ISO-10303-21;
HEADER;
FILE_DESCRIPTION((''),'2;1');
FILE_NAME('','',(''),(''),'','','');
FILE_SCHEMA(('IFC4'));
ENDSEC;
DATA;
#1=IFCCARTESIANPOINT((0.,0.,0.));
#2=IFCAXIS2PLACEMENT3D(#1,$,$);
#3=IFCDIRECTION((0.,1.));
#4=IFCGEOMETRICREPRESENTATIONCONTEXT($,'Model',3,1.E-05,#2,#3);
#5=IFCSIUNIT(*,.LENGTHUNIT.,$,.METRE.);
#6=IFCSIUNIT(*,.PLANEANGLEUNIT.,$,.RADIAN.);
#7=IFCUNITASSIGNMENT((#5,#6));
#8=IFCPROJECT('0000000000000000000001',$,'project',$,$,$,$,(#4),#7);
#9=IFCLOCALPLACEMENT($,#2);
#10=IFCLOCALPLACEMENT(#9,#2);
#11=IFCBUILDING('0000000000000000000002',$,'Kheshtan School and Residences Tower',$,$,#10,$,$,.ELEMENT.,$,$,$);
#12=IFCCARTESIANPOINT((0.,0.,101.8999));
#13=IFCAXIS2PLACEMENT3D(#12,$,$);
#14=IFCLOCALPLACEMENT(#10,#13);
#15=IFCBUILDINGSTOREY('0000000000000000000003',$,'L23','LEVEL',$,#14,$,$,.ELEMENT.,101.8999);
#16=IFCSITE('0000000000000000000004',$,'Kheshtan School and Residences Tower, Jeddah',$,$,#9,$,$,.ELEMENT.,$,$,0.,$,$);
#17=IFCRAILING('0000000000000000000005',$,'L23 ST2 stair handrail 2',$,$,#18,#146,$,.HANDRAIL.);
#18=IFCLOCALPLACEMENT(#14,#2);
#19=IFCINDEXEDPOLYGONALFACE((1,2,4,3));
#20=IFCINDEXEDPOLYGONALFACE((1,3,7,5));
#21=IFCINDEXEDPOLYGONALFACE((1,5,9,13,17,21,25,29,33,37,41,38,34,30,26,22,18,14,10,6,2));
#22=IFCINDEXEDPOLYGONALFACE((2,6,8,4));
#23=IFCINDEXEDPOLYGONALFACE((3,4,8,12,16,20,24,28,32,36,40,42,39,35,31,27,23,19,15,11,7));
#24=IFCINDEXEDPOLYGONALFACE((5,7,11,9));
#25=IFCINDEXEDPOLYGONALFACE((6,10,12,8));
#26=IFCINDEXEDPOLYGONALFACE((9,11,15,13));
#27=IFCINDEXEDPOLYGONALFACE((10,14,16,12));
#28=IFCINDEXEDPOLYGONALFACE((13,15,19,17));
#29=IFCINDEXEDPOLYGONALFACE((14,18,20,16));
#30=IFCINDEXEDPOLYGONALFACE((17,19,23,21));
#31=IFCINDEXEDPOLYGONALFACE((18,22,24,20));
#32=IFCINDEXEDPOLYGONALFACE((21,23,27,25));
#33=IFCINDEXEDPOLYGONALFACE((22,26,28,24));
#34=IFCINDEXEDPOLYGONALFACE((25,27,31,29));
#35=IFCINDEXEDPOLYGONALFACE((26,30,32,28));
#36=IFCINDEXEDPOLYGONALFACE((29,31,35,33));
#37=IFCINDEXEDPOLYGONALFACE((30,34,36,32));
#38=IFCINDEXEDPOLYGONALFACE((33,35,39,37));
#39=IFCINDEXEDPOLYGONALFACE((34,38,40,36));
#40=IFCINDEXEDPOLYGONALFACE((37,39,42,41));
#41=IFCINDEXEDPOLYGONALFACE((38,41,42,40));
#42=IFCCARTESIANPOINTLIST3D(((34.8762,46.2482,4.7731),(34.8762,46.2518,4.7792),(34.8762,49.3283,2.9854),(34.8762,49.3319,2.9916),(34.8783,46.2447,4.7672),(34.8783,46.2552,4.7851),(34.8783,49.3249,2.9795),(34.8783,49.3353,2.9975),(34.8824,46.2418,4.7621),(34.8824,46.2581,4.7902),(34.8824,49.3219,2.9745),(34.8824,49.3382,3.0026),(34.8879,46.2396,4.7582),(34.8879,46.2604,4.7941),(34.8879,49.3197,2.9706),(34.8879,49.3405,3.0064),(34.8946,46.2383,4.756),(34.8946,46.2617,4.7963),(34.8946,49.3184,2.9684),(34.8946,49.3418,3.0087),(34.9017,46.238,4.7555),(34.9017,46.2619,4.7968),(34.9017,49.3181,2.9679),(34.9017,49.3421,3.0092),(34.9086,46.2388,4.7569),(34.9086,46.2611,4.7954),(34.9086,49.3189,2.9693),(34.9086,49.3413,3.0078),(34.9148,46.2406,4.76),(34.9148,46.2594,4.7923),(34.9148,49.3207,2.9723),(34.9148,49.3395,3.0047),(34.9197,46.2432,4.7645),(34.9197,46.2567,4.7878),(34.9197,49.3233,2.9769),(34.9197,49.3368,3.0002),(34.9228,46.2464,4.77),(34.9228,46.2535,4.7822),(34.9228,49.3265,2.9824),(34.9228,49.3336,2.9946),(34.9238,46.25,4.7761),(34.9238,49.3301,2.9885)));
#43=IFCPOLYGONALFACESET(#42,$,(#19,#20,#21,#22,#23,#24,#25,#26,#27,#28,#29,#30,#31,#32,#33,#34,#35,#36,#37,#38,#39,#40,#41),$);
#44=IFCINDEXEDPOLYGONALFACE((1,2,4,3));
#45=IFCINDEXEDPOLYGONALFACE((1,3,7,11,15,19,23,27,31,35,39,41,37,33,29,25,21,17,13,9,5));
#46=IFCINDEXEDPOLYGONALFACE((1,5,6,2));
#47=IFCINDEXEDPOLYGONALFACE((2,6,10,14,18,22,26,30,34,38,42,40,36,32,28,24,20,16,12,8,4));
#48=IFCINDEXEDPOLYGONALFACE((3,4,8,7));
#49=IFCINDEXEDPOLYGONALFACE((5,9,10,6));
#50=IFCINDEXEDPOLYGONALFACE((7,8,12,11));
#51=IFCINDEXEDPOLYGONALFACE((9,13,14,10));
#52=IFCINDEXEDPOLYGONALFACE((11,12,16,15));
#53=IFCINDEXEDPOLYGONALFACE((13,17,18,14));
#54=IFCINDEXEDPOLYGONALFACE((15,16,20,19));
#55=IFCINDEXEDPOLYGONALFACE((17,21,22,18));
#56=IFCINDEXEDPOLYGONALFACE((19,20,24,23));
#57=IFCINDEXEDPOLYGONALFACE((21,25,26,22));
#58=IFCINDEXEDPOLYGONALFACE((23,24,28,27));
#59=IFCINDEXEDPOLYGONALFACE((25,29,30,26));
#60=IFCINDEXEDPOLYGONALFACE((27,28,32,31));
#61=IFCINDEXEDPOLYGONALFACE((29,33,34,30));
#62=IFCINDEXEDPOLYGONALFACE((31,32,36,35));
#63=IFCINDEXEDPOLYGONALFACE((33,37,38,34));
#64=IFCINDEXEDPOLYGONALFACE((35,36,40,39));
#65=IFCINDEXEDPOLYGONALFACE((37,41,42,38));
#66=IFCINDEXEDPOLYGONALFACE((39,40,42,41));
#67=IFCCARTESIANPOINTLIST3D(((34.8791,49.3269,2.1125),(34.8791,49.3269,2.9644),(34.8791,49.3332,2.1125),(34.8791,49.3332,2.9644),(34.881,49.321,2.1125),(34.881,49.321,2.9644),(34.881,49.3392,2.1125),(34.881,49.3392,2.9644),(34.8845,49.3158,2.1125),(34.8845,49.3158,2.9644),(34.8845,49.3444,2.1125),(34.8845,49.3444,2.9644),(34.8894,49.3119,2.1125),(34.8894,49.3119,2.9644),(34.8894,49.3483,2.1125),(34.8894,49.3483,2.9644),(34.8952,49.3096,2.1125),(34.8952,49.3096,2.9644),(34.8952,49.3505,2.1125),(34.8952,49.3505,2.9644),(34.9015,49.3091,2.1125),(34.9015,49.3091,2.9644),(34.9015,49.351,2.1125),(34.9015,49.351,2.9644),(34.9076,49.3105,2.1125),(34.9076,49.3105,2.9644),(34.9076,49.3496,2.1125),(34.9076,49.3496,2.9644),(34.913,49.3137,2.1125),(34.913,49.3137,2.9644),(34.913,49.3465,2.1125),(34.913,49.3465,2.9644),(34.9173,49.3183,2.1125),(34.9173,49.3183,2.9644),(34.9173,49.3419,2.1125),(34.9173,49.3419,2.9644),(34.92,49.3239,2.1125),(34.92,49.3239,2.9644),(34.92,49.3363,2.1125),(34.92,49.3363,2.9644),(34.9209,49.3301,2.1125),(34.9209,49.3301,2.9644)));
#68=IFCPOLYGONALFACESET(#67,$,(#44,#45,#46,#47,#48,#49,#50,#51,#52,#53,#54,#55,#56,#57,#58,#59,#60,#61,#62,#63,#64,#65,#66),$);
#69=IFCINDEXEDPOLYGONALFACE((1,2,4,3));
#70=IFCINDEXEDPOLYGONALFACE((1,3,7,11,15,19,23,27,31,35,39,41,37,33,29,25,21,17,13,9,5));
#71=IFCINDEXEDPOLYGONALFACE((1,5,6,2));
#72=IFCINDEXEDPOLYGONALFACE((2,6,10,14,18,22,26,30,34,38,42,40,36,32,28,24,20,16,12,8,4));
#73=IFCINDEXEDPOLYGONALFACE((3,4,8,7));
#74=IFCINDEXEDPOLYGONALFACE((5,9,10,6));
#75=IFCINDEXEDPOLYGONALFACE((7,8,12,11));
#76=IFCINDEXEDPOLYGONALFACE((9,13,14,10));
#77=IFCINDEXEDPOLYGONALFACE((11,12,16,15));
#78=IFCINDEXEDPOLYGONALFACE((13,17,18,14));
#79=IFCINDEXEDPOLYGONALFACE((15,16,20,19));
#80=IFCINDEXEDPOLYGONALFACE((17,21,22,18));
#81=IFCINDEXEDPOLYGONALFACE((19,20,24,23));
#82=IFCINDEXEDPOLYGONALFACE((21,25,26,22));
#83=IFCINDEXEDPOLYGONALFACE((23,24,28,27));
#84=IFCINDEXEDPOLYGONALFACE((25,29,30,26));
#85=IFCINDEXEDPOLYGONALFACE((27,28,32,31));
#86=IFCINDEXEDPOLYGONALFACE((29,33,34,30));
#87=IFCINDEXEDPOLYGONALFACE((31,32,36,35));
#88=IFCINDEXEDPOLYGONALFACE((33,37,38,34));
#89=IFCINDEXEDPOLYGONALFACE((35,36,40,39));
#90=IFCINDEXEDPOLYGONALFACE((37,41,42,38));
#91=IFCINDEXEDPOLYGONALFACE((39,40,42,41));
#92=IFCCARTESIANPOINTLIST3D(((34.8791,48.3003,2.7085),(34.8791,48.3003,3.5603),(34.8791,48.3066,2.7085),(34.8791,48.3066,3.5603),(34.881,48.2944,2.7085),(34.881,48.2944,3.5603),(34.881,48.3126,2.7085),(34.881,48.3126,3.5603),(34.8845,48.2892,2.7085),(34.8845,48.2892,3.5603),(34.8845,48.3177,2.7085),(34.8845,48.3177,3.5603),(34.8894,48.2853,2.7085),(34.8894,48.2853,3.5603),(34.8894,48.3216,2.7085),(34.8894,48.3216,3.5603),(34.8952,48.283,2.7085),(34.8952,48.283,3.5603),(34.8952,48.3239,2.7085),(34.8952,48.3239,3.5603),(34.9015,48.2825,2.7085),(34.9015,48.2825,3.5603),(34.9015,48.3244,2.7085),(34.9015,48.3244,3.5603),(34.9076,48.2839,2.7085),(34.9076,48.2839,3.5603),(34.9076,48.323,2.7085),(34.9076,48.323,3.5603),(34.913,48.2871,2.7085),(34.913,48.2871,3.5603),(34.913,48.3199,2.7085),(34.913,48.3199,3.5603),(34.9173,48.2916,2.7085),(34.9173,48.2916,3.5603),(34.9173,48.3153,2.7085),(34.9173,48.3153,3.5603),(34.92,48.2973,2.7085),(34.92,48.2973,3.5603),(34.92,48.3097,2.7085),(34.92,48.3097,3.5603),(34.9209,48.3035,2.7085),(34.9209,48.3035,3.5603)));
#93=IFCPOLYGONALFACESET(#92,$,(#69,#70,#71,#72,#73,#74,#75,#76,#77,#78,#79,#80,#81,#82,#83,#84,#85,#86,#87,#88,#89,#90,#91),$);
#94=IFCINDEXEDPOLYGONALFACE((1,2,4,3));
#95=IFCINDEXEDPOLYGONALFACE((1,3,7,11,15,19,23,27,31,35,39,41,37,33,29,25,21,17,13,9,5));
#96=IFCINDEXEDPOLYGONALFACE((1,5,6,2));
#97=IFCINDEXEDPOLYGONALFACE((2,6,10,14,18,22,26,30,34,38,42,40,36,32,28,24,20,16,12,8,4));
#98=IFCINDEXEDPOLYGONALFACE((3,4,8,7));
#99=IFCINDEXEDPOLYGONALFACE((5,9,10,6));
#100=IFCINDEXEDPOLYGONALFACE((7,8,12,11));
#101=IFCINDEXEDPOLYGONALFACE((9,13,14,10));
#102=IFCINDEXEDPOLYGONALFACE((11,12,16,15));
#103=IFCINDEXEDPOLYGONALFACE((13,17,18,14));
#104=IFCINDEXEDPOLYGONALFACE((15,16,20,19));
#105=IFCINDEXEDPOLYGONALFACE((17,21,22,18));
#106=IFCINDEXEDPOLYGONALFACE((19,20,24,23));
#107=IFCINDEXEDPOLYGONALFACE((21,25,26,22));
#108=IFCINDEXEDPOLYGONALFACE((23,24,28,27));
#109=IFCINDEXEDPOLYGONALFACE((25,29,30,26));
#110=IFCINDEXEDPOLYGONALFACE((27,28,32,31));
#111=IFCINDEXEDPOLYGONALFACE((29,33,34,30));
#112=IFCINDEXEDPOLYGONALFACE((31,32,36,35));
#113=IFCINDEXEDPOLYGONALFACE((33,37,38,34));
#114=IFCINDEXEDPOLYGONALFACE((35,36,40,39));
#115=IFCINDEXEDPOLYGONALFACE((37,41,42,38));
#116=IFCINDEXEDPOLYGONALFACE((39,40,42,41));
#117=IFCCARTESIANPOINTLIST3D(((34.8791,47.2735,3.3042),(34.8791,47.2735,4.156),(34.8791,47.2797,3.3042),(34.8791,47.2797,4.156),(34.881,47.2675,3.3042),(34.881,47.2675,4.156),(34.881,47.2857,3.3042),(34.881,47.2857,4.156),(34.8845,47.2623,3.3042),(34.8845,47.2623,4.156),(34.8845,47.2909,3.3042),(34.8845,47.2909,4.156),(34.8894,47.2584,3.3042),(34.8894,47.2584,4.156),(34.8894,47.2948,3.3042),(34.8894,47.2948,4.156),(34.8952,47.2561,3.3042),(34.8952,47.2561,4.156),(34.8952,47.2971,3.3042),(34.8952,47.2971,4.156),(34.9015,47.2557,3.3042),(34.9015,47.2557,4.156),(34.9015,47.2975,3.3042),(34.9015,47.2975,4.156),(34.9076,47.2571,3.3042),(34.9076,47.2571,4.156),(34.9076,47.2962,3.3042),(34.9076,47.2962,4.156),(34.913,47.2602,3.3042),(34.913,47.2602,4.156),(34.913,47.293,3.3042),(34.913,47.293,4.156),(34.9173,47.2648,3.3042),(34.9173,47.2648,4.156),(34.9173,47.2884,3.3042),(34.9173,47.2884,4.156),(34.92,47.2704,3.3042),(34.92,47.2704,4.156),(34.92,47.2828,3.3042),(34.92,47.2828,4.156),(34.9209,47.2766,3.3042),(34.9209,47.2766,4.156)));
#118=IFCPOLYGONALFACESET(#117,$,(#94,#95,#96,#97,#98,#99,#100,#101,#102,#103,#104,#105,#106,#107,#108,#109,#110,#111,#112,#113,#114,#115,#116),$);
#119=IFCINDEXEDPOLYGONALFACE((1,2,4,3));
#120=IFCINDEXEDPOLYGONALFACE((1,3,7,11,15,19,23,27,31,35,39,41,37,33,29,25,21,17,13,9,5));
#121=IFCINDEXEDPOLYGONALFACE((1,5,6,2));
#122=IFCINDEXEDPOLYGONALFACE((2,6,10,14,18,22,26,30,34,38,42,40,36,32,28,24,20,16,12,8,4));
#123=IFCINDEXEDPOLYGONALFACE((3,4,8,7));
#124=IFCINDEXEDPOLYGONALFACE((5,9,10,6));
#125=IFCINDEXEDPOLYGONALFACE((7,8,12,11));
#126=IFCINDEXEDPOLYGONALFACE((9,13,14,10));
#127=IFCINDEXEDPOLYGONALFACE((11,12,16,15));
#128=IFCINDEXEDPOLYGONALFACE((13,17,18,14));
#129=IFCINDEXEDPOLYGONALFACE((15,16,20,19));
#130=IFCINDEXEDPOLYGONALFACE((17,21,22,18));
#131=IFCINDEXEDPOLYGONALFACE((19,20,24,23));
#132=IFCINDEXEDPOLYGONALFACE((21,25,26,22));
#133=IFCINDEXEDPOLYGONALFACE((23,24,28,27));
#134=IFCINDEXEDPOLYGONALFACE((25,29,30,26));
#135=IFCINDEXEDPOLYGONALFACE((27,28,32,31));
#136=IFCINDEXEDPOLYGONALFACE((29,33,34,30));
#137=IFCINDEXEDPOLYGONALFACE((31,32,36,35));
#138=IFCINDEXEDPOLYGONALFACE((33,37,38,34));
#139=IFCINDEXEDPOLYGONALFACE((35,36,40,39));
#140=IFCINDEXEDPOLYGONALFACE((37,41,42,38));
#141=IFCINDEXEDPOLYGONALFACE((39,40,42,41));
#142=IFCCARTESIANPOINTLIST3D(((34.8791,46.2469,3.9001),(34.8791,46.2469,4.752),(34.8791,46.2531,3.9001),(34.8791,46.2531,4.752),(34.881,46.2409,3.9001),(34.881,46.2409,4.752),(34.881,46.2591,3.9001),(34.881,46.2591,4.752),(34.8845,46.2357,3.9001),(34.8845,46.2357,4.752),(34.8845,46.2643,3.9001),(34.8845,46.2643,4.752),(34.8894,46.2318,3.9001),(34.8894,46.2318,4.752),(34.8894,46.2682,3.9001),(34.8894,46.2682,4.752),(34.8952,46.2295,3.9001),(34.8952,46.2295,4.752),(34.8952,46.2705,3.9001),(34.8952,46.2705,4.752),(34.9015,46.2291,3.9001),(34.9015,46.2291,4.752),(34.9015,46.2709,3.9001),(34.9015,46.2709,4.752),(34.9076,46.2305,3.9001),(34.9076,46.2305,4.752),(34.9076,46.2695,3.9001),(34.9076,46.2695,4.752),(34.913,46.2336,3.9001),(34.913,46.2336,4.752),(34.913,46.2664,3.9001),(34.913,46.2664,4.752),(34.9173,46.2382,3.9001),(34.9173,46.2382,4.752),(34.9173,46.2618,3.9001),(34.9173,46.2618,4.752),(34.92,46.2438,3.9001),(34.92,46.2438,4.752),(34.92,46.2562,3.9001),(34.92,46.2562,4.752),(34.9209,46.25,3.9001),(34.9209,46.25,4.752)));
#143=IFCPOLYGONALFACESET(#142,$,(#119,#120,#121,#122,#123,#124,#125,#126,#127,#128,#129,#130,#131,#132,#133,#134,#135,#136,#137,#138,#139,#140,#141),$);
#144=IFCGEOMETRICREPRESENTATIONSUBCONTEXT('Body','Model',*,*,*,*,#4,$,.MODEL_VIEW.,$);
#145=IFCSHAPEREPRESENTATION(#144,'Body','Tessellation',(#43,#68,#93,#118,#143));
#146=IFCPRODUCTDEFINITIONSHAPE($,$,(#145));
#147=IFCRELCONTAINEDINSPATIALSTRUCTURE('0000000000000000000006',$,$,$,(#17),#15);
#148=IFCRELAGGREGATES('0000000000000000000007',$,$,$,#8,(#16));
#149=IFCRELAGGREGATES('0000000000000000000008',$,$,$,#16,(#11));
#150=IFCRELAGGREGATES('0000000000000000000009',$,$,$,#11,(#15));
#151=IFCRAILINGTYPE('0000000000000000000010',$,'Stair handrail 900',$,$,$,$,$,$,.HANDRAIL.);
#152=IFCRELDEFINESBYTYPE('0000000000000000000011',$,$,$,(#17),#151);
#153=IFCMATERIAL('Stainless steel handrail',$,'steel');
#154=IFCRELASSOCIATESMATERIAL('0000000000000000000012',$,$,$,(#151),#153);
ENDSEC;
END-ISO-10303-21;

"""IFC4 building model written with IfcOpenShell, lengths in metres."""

from ifc_helpers import new_model, si_unit, direction, frame, origin, origin_2d, place, context, subcontext, project, spatial, circle, extrude, material, type_object, element, save


model = new_model("IFC4")

# Units and contexts
model_context = context("Model", 3, precision=1e-05, world=origin(), true_north=direction((0.0, 1.0)))
body_context = subcontext(model_context, "Body", "Model", "MODEL_VIEW")
ifc_project = project(units=[si_unit("LENGTHUNIT", "METRE"), si_unit("PLANEANGLEUNIT", "RADIAN")], contexts=[model_context])

# Site, building, storey
site_placement = place(None, origin())
site = spatial("IfcSite", under=ifc_project, at=site_placement, Name="Kheshtan School and Residences Tower, Jeddah", CompositionType="ELEMENT", RefElevation=0.0)
building_placement = place(site_placement, origin())
building = spatial("IfcBuilding", under=site, at=building_placement, Name="Kheshtan School and Residences Tower", CompositionType="ELEMENT")
storey_placement = place(building_placement, frame((0.0, 0.0, 101.8999)))
storey = spatial("IfcBuildingStorey", under=building, at=storey_placement, Name="L23", Description="LEVEL", CompositionType="ELEMENT", Elevation=101.8999)

# Railing
ifc_material_1 = material(Name="Stainless steel handrail", Category="steel")
railing_type_1 = type_object("IfcRailingType", Name="Stair handrail 900", PredefinedType="HANDRAIL", material=ifc_material_1)
railing_1_placement = place(storey_placement, frame((34.8999, 49.3301, 2.1125)))
element("IfcRailing", 1, at=railing_1_placement, inside=storey, type_object=railing_type_1, Name="L23 ST2 stair handrail 2", PredefinedType="HANDRAIL", context=body_context, shape_type="SweptSolid", body=[
    extrude(circle(Radius=0.0239, at=origin_2d()), frame((0.0, 0.0, 0.876), z_axis=(0.0, -0.864891, 0.50196), x_axis=(1.0, 0.0, 0.0)), (0.0, 0.0, 1.0), 3.5613),
    extrude(circle(Radius=0.021, at=origin_2d()), origin(), (0.0, 0.0, 1.0), 0.8518),
    extrude(circle(Radius=0.021, at=origin_2d()), frame((0.0, -1.0266, 0.5959)), (0.0, 0.0, 1.0), 0.8518),
    extrude(circle(Radius=0.021, at=origin_2d()), frame((0.0, -2.0535, 1.1917)), (0.0, 0.0, 1.0), 0.8518),
    extrude(circle(Radius=0.021, at=origin_2d()), frame((0.0, -3.0801, 1.7876)), (0.0, 0.0, 1.0), 0.8518),
])

save(model, "model.ifc")
